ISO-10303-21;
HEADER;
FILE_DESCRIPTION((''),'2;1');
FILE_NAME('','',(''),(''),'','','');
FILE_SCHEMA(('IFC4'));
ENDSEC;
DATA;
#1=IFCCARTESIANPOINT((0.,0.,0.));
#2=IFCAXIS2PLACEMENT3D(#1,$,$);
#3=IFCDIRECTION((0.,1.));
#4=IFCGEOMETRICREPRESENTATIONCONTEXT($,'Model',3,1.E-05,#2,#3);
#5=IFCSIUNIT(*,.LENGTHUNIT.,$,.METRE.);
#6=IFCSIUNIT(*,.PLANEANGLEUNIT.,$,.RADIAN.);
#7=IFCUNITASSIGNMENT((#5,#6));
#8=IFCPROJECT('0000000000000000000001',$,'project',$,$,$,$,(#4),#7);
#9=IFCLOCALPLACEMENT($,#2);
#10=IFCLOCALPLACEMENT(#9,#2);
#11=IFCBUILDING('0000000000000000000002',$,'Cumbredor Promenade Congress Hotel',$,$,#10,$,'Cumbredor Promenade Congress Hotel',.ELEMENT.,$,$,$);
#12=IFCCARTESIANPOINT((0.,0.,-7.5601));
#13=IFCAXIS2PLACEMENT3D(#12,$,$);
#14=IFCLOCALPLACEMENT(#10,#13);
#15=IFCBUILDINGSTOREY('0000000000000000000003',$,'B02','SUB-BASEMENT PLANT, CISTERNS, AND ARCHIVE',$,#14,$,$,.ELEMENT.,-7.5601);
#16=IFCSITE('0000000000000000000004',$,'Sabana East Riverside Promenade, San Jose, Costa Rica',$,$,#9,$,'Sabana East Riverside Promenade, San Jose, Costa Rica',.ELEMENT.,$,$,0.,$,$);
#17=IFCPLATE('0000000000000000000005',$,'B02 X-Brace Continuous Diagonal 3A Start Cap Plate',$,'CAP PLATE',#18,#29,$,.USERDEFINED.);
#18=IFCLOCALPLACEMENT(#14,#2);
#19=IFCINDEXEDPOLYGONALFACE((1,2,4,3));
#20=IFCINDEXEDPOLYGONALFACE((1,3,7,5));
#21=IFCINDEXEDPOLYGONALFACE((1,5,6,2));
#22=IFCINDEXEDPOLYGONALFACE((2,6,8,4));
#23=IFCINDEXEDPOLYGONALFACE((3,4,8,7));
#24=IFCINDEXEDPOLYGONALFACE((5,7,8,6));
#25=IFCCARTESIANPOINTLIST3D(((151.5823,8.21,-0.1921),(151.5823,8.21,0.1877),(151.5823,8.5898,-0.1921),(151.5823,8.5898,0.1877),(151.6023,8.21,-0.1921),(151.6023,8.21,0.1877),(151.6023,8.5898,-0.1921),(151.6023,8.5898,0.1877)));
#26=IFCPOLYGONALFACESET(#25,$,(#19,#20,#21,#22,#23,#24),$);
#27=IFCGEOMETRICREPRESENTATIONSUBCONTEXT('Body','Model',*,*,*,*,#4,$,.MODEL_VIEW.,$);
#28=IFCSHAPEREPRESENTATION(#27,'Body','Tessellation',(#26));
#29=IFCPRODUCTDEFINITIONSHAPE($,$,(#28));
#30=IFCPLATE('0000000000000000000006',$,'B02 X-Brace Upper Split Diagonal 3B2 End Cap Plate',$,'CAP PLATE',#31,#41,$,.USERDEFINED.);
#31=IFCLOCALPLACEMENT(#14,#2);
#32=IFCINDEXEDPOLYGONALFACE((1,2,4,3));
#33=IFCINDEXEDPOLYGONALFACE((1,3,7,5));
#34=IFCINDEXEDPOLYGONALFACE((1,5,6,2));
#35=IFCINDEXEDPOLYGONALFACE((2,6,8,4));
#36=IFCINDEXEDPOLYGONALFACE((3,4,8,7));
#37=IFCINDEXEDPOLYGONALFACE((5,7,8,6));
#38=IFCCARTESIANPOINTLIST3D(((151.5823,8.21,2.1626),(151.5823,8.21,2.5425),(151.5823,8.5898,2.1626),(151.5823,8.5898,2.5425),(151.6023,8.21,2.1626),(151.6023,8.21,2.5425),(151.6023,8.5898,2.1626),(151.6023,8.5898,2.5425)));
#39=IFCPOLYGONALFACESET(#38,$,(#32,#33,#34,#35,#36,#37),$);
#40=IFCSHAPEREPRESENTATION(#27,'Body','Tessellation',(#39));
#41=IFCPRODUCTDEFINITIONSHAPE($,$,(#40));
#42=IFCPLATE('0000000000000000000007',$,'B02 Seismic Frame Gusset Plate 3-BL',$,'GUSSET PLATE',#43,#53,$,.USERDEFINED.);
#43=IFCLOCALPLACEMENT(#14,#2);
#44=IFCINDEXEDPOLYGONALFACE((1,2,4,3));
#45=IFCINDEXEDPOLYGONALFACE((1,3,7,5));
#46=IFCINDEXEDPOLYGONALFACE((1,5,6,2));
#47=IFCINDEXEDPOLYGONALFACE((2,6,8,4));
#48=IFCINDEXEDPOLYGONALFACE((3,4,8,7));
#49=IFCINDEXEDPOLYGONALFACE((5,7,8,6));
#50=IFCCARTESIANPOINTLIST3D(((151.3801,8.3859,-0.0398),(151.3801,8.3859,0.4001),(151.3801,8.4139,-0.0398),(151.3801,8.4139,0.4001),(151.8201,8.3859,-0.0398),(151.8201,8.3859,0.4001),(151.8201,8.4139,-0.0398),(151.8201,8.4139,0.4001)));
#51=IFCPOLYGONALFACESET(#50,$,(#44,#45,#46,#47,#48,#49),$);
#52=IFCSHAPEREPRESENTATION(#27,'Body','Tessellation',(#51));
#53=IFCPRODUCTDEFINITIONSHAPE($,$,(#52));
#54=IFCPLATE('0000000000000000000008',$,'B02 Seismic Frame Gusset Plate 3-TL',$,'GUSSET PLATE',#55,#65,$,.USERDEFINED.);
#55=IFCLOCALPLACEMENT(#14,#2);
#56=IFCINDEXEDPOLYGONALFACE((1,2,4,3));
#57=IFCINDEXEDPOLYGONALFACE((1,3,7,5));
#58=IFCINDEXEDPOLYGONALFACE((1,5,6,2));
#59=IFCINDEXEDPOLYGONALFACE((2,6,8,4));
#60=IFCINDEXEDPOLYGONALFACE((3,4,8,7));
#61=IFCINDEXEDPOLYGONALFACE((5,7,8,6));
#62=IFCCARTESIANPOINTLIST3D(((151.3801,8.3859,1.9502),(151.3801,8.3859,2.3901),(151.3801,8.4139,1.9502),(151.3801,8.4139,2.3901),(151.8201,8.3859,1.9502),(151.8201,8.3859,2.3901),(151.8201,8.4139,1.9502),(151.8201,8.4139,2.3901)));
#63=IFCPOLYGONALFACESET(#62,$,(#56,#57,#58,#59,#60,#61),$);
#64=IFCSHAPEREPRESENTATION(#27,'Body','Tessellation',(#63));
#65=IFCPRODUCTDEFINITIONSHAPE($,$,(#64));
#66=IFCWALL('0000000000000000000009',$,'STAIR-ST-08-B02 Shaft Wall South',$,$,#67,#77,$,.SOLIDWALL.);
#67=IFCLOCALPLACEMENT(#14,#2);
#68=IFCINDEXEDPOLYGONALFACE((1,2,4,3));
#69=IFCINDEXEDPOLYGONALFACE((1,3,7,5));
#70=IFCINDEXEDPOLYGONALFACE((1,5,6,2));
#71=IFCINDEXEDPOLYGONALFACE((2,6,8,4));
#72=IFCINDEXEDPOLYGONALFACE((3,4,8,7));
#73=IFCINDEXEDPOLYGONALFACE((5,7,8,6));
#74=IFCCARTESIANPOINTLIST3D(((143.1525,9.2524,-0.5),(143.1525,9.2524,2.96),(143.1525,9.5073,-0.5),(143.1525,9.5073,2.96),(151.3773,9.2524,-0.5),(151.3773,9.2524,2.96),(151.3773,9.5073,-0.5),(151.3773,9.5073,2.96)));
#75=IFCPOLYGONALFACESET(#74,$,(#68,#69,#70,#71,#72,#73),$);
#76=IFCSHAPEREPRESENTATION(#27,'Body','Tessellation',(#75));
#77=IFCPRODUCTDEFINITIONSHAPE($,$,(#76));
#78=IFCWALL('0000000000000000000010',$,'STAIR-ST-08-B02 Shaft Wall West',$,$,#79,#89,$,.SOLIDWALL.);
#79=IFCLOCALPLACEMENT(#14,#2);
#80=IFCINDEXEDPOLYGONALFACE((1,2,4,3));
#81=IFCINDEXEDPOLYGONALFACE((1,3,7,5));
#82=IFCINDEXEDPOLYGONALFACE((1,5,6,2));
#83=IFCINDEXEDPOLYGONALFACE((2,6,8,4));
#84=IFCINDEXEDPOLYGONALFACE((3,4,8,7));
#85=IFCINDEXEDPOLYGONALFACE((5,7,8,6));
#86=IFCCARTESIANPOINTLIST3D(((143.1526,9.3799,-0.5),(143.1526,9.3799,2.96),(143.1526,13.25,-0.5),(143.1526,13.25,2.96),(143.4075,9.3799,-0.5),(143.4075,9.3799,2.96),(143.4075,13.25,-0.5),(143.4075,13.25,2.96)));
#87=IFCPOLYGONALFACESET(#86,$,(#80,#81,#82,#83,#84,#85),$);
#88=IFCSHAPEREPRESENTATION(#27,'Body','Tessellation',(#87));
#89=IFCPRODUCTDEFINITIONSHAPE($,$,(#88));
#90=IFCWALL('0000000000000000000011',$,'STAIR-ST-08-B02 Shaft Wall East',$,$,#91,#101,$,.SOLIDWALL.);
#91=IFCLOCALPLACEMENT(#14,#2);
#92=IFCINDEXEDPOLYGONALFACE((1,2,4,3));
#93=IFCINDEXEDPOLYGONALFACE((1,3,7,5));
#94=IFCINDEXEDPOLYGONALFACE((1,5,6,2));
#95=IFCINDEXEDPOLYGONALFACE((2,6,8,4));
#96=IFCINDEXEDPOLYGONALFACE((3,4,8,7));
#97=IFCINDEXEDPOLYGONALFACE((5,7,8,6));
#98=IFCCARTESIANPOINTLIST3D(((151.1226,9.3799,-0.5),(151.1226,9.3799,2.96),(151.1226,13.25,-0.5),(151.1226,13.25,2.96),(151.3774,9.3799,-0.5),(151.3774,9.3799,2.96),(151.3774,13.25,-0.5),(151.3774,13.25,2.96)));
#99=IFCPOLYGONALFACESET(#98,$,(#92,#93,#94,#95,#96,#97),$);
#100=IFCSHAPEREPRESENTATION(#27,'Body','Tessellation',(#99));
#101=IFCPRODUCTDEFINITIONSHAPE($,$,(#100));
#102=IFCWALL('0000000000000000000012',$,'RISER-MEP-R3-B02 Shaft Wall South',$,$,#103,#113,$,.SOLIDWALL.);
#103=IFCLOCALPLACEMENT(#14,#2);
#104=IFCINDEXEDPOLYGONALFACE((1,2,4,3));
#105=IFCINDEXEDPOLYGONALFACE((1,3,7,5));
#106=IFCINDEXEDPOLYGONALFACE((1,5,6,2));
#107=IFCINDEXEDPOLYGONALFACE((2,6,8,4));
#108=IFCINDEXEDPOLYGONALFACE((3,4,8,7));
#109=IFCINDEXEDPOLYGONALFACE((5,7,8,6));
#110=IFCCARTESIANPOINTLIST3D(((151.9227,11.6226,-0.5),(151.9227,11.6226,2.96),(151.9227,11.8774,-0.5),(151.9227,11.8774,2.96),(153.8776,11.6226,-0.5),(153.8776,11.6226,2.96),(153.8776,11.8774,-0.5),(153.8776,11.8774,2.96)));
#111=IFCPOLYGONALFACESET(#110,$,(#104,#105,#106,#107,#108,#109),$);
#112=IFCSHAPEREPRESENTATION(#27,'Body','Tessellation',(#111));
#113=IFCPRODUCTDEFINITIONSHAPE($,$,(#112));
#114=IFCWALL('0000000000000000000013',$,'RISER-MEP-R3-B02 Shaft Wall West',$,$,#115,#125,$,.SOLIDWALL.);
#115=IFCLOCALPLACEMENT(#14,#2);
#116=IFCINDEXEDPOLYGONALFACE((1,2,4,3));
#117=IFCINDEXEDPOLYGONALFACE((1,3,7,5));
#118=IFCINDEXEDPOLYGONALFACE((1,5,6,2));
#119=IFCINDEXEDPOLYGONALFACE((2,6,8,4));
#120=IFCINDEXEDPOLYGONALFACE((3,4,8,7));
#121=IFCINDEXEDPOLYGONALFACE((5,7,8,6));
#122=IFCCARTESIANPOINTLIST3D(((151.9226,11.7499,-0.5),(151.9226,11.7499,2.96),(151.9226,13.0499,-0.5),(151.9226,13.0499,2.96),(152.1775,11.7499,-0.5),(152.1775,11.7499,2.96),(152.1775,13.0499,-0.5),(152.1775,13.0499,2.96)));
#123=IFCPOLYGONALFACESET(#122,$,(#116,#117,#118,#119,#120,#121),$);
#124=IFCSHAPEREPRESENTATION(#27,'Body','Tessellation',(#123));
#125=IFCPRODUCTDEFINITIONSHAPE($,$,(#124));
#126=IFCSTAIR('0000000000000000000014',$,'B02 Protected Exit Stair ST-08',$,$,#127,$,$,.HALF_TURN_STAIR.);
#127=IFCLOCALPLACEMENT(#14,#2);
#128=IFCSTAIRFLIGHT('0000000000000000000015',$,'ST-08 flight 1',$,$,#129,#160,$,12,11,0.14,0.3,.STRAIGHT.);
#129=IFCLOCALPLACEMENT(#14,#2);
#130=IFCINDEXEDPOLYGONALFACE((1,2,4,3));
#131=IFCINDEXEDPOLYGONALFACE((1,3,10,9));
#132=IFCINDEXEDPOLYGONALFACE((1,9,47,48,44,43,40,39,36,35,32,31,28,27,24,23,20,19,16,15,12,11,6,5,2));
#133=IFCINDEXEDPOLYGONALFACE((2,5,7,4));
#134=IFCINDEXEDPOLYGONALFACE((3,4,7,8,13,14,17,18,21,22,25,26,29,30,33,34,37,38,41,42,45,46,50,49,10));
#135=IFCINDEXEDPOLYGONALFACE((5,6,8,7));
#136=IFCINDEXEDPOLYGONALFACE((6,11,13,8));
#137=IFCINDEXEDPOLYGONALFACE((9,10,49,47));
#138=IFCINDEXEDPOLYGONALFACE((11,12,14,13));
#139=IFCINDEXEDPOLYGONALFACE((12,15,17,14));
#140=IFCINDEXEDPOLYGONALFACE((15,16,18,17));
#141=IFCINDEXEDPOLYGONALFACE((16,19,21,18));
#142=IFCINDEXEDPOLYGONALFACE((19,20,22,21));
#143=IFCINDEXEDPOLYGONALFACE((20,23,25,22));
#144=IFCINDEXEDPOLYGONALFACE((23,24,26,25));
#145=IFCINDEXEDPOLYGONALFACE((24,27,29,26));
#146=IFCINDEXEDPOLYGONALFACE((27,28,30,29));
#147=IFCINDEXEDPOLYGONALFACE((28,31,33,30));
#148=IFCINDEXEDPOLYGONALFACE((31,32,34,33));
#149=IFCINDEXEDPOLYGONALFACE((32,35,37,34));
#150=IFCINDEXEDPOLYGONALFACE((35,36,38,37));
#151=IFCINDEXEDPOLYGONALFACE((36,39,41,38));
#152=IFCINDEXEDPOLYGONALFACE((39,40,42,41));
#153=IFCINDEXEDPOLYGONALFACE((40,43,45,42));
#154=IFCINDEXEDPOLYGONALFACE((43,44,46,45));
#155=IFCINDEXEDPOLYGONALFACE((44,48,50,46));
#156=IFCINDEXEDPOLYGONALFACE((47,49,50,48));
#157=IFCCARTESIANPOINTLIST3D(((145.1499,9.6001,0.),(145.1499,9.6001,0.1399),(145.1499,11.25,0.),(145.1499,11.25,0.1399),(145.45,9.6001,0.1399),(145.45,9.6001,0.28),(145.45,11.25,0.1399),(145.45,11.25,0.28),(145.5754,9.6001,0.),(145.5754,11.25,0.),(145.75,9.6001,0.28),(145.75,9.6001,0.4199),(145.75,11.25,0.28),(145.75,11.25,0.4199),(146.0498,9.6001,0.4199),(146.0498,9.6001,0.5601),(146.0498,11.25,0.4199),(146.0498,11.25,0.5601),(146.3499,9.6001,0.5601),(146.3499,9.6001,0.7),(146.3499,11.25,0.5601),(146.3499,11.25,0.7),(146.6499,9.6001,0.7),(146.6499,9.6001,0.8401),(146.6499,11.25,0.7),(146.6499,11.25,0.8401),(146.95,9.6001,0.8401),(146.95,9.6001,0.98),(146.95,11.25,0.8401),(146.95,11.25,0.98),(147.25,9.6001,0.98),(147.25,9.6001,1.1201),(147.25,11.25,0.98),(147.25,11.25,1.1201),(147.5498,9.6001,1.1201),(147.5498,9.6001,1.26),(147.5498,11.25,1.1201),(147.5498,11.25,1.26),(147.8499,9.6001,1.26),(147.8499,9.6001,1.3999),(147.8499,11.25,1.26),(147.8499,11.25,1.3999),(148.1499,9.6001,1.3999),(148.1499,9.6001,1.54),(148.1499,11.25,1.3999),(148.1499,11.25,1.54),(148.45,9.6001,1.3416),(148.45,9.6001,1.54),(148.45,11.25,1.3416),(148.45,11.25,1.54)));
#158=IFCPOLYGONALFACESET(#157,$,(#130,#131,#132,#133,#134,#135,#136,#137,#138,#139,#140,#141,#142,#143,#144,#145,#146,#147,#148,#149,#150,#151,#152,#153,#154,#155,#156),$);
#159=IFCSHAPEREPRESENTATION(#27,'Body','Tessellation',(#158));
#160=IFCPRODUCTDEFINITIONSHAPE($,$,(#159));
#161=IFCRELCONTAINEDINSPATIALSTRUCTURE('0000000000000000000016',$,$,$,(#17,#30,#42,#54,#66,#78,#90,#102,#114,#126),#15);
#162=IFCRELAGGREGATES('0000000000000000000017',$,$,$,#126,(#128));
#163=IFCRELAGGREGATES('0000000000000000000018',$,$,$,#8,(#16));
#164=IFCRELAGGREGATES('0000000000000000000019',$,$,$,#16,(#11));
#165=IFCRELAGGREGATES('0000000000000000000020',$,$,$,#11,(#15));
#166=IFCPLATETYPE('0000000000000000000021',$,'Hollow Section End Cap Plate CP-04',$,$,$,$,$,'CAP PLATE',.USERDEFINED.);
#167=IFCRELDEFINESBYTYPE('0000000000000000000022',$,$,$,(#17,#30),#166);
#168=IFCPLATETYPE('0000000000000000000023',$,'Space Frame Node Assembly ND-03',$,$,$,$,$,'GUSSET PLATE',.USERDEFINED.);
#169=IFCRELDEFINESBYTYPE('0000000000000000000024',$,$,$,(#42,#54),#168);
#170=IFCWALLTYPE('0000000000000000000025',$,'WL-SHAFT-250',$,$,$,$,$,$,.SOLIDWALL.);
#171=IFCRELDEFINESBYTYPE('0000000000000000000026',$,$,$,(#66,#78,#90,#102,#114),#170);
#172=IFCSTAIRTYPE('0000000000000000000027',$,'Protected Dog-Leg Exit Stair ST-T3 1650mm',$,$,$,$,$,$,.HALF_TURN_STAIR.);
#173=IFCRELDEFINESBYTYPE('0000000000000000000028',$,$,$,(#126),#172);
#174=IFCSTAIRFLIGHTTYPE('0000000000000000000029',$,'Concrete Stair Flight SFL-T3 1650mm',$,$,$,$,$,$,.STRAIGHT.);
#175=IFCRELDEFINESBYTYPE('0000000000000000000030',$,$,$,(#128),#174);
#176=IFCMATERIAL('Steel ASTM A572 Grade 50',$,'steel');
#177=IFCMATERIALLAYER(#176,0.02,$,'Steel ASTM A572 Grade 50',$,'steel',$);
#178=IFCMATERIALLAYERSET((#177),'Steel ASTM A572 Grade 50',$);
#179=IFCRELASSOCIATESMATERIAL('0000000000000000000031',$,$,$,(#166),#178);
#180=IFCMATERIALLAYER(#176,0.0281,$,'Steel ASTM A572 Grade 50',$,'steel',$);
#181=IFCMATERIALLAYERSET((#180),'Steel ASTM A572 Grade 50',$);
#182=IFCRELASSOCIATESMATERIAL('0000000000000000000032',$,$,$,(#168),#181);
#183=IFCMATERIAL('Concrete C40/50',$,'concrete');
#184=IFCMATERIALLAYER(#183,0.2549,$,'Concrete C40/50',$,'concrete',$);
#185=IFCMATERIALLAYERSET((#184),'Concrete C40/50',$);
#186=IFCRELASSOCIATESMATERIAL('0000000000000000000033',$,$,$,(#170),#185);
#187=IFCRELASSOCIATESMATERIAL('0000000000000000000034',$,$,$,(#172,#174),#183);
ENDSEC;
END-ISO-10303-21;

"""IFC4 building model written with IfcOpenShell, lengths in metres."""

from ifc_helpers import new_model, si_unit, direction, frame, frame_2d, origin, origin_2d, place, context, subcontext, project, spatial, polyline, rectangle, outline, extrude, material, layer, layer_set, type_object, element, aggregate, save


model = new_model("IFC4")

# Units and contexts
model_context = context("Model", 3, precision=1e-05, world=origin(), true_north=direction((0.0, 1.0)))
body_context = subcontext(model_context, "Body", "Model", "MODEL_VIEW")
ifc_project = project(units=[si_unit("LENGTHUNIT", "METRE"), si_unit("PLANEANGLEUNIT", "RADIAN")], contexts=[model_context])

# Site, building, storey
site_placement = place(None, origin())
site = spatial("IfcSite", under=ifc_project, at=site_placement, Name="Sabana East Riverside Promenade, San Jose, Costa Rica", LongName="Sabana East Riverside Promenade, San Jose, Costa Rica", CompositionType="ELEMENT", RefElevation=0.0)
building_placement = place(site_placement, origin())
building = spatial("IfcBuilding", under=site, at=building_placement, Name="Cumbredor Promenade Congress Hotel", LongName="Cumbredor Promenade Congress Hotel", CompositionType="ELEMENT")
storey_placement = place(building_placement, frame((0.0, 0.0, -7.5601)))
storey = spatial("IfcBuildingStorey", under=building, at=storey_placement, Name="B02", Description="SUB-BASEMENT PLANT, CISTERNS, AND ARCHIVE", CompositionType="ELEMENT", Elevation=-7.5601)

# Shared definitions
ifc_material_1 = material(Name="Concrete C40/50", Category="concrete")

# Plates
ifc_material_2 = material(Name="Steel ASTM A572 Grade 50", Category="steel")
ifc_layer_1 = layer(ifc_material_2, 0.02, Name="Steel ASTM A572 Grade 50", Category="steel")
ifc_layer_set_1 = layer_set([ifc_layer_1], Name="Steel ASTM A572 Grade 50")
plate_type_1 = type_object("IfcPlateType", Name="Hollow Section End Cap Plate CP-04", ElementType="CAP PLATE", PredefinedType="USERDEFINED", material=ifc_layer_set_1)
for number, where, z_axis, x_axis, name in (
    (1, (151.5923, 8.3999, -0.1921), (0.0, 0.0, 1.0), (1.0, 0.0, 0.0), "B02 X-Brace Continuous Diagonal 3A Start Cap Plate"),
    (2, (151.5923, 8.3999, 2.1626), (0.0, 0.0, 1.0), (-1.0, 0.0, 0.0), "B02 X-Brace Upper Split Diagonal 3B2 End Cap Plate"),
):
    element("IfcPlate", number, at=place(storey_placement, frame(where, z_axis=z_axis, x_axis=x_axis)), inside=storey, type_object=plate_type_1, Name=name, ObjectType="CAP PLATE", PredefinedType="USERDEFINED", context=body_context, shape_type="SweptSolid", body=[
        extrude(rectangle(XDim=0.02, YDim=0.3799, at=origin_2d()), origin(), (0.0, 0.0, 1.0), 0.3799),
    ])
ifc_layer_2 = layer(ifc_material_2, 0.0281, Name="Steel ASTM A572 Grade 50", Category="steel")
ifc_layer_set_2 = layer_set([ifc_layer_2], Name="Steel ASTM A572 Grade 50")
plate_type_2 = type_object("IfcPlateType", Name="Space Frame Node Assembly ND-03", ElementType="GUSSET PLATE", PredefinedType="USERDEFINED", material=ifc_layer_set_2)
for number, where, z_axis, x_axis, name in (
    (3, (151.6001, 8.3999, -0.0398), (0.0, 0.0, 1.0), (1.0, 0.0, 0.0), "B02 Seismic Frame Gusset Plate 3-BL"),
    (4, (151.6001, 8.3999, 1.9502), (0.0, 0.0, 1.0), (1.0, 0.0, 0.0), "B02 Seismic Frame Gusset Plate 3-TL"),
):
    element("IfcPlate", number, at=place(storey_placement, frame(where, z_axis=z_axis, x_axis=x_axis)), inside=storey, type_object=plate_type_2, Name=name, ObjectType="GUSSET PLATE", PredefinedType="USERDEFINED", context=body_context, shape_type="SweptSolid", body=[
        extrude(rectangle(XDim=0.4399, YDim=0.0281, at=origin_2d()), origin(), (0.0, 0.0, 1.0), 0.4399),
    ])

# Walls
ifc_layer_3 = layer(ifc_material_1, 0.2549, Name="Concrete C40/50", Category="concrete")
ifc_layer_set_3 = layer_set([ifc_layer_3], Name="Concrete C40/50")
wall_type = type_object("IfcWallType", Name="WL-SHAFT-250", PredefinedType="SOLIDWALL", material=ifc_layer_set_3)
wall_1_placement = place(storey_placement, frame((143.1526, 9.3799, -0.5), z_axis=(0.0, 0.0, 1.0), x_axis=(1.0, 0.0, 0.0)))
element("IfcWall", 5, at=wall_1_placement, inside=storey, type_object=wall_type, Name="STAIR-ST-08-B02 Shaft Wall South", PredefinedType="SOLIDWALL", context=body_context, shape_type="SweptSolid", body=[
    extrude(rectangle(XDim=8.2249, YDim=0.2549, at=frame_2d((4.1123, 0.0))), origin(), (0.0, 0.0, 1.0), 3.46),
])
for number, where, z_axis, x_axis, name in (
    (6, (143.28, 9.3799, -0.5), (0.0, 0.0, 1.0), (0.0, 1.0, 0.0), "STAIR-ST-08-B02 Shaft Wall West"),
    (7, (151.25, 9.3799, -0.5), (0.0, 0.0, 1.0), (0.0, 1.0, 0.0), "STAIR-ST-08-B02 Shaft Wall East"),
):
    element("IfcWall", number, at=place(storey_placement, frame(where, z_axis=z_axis, x_axis=x_axis)), inside=storey, type_object=wall_type, Name=name, PredefinedType="SOLIDWALL", context=body_context, shape_type="SweptSolid", body=[
        extrude(rectangle(XDim=3.8701, YDim=0.2549, at=frame_2d((1.9351, 0.0))), origin(), (0.0, 0.0, 1.0), 3.46),
    ])
wall_2_placement = place(storey_placement, frame((151.9226, 11.75, -0.5), z_axis=(0.0, 0.0, 1.0), x_axis=(1.0, 0.0, 0.0)))
element("IfcWall", 8, at=wall_2_placement, inside=storey, type_object=wall_type, Name="RISER-MEP-R3-B02 Shaft Wall South", PredefinedType="SOLIDWALL", context=body_context, shape_type="SweptSolid", body=[
    extrude(rectangle(XDim=1.9548, YDim=0.2549, at=frame_2d((0.9775, 0.0))), origin(), (0.0, 0.0, 1.0), 3.46),
])
wall_3_placement = place(storey_placement, frame((152.05, 11.75, -0.5), z_axis=(0.0, 0.0, 1.0), x_axis=(0.0, 1.0, 0.0)))
element("IfcWall", 9, at=wall_3_placement, inside=storey, type_object=wall_type, Name="RISER-MEP-R3-B02 Shaft Wall West", PredefinedType="SOLIDWALL", context=body_context, shape_type="SweptSolid", body=[
    extrude(rectangle(XDim=1.3, YDim=0.2549, at=frame_2d((0.6499, 0.0))), origin(), (0.0, 0.0, 1.0), 3.46),
])

# Stair, stair flight
stair_type = type_object("IfcStairType", Name="Protected Dog-Leg Exit Stair ST-T3 1650mm", PredefinedType="HALF_TURN_STAIR", material=ifc_material_1)
stair_placement = place(storey_placement, origin())
stair = element("IfcStair", 10, at=stair_placement, inside=storey, type_object=stair_type, Name="B02 Protected Exit Stair ST-08", PredefinedType="HALF_TURN_STAIR")
stair_flight_type = type_object("IfcStairFlightType", Name="Concrete Stair Flight SFL-T3 1650mm", PredefinedType="STRAIGHT", material=ifc_material_1)
stair_flight_placement = place(storey_placement, frame((145.1499, 10.425, 0.0), z_axis=(0.0, 0.0, 1.0), x_axis=(1.0, 0.0, 0.0)))
stair_flight = element("IfcStairFlight", 11, at=stair_flight_placement, type_object=stair_flight_type, Name="ST-08 flight 1", NumberOfRisers=12, NumberOfTreads=11, PredefinedType="STRAIGHT", RiserHeight=0.14, TreadLength=0.3, context=body_context, shape_type="SweptSolid", body=[
    extrude(outline(polyline([(0.0, 0.0), (0.0, 0.1399), (0.3, 0.1399), (0.3, 0.28), (0.6001, 0.28), (0.6001, 0.4199), (0.8999, 0.4199), (0.8999, 0.5601), (1.2, 0.5601), (1.2, 0.7), (1.5, 0.7), (1.5, 0.8401), (1.8, 0.8401), (1.8, 0.98), (2.1001, 0.98), (2.1001, 1.1201), (2.3999, 1.1201), (2.3999, 1.26), (2.7, 1.26), (2.7, 1.3999), (3.0, 1.3999), (3.0, 1.54), (3.3, 1.54), (3.3, 1.6799), (3.3, 1.3416), (0.4255, 0.0), (0.0, 0.0)])), frame((0.0, 0.825, 0.0), z_axis=(0.0, -1.0, 0.0), x_axis=(1.0, 0.0, 0.0)), (0.0, 0.0, 1.0), 1.6499),
])
aggregate(stair, [stair_flight])

save(model, "model.ifc")
